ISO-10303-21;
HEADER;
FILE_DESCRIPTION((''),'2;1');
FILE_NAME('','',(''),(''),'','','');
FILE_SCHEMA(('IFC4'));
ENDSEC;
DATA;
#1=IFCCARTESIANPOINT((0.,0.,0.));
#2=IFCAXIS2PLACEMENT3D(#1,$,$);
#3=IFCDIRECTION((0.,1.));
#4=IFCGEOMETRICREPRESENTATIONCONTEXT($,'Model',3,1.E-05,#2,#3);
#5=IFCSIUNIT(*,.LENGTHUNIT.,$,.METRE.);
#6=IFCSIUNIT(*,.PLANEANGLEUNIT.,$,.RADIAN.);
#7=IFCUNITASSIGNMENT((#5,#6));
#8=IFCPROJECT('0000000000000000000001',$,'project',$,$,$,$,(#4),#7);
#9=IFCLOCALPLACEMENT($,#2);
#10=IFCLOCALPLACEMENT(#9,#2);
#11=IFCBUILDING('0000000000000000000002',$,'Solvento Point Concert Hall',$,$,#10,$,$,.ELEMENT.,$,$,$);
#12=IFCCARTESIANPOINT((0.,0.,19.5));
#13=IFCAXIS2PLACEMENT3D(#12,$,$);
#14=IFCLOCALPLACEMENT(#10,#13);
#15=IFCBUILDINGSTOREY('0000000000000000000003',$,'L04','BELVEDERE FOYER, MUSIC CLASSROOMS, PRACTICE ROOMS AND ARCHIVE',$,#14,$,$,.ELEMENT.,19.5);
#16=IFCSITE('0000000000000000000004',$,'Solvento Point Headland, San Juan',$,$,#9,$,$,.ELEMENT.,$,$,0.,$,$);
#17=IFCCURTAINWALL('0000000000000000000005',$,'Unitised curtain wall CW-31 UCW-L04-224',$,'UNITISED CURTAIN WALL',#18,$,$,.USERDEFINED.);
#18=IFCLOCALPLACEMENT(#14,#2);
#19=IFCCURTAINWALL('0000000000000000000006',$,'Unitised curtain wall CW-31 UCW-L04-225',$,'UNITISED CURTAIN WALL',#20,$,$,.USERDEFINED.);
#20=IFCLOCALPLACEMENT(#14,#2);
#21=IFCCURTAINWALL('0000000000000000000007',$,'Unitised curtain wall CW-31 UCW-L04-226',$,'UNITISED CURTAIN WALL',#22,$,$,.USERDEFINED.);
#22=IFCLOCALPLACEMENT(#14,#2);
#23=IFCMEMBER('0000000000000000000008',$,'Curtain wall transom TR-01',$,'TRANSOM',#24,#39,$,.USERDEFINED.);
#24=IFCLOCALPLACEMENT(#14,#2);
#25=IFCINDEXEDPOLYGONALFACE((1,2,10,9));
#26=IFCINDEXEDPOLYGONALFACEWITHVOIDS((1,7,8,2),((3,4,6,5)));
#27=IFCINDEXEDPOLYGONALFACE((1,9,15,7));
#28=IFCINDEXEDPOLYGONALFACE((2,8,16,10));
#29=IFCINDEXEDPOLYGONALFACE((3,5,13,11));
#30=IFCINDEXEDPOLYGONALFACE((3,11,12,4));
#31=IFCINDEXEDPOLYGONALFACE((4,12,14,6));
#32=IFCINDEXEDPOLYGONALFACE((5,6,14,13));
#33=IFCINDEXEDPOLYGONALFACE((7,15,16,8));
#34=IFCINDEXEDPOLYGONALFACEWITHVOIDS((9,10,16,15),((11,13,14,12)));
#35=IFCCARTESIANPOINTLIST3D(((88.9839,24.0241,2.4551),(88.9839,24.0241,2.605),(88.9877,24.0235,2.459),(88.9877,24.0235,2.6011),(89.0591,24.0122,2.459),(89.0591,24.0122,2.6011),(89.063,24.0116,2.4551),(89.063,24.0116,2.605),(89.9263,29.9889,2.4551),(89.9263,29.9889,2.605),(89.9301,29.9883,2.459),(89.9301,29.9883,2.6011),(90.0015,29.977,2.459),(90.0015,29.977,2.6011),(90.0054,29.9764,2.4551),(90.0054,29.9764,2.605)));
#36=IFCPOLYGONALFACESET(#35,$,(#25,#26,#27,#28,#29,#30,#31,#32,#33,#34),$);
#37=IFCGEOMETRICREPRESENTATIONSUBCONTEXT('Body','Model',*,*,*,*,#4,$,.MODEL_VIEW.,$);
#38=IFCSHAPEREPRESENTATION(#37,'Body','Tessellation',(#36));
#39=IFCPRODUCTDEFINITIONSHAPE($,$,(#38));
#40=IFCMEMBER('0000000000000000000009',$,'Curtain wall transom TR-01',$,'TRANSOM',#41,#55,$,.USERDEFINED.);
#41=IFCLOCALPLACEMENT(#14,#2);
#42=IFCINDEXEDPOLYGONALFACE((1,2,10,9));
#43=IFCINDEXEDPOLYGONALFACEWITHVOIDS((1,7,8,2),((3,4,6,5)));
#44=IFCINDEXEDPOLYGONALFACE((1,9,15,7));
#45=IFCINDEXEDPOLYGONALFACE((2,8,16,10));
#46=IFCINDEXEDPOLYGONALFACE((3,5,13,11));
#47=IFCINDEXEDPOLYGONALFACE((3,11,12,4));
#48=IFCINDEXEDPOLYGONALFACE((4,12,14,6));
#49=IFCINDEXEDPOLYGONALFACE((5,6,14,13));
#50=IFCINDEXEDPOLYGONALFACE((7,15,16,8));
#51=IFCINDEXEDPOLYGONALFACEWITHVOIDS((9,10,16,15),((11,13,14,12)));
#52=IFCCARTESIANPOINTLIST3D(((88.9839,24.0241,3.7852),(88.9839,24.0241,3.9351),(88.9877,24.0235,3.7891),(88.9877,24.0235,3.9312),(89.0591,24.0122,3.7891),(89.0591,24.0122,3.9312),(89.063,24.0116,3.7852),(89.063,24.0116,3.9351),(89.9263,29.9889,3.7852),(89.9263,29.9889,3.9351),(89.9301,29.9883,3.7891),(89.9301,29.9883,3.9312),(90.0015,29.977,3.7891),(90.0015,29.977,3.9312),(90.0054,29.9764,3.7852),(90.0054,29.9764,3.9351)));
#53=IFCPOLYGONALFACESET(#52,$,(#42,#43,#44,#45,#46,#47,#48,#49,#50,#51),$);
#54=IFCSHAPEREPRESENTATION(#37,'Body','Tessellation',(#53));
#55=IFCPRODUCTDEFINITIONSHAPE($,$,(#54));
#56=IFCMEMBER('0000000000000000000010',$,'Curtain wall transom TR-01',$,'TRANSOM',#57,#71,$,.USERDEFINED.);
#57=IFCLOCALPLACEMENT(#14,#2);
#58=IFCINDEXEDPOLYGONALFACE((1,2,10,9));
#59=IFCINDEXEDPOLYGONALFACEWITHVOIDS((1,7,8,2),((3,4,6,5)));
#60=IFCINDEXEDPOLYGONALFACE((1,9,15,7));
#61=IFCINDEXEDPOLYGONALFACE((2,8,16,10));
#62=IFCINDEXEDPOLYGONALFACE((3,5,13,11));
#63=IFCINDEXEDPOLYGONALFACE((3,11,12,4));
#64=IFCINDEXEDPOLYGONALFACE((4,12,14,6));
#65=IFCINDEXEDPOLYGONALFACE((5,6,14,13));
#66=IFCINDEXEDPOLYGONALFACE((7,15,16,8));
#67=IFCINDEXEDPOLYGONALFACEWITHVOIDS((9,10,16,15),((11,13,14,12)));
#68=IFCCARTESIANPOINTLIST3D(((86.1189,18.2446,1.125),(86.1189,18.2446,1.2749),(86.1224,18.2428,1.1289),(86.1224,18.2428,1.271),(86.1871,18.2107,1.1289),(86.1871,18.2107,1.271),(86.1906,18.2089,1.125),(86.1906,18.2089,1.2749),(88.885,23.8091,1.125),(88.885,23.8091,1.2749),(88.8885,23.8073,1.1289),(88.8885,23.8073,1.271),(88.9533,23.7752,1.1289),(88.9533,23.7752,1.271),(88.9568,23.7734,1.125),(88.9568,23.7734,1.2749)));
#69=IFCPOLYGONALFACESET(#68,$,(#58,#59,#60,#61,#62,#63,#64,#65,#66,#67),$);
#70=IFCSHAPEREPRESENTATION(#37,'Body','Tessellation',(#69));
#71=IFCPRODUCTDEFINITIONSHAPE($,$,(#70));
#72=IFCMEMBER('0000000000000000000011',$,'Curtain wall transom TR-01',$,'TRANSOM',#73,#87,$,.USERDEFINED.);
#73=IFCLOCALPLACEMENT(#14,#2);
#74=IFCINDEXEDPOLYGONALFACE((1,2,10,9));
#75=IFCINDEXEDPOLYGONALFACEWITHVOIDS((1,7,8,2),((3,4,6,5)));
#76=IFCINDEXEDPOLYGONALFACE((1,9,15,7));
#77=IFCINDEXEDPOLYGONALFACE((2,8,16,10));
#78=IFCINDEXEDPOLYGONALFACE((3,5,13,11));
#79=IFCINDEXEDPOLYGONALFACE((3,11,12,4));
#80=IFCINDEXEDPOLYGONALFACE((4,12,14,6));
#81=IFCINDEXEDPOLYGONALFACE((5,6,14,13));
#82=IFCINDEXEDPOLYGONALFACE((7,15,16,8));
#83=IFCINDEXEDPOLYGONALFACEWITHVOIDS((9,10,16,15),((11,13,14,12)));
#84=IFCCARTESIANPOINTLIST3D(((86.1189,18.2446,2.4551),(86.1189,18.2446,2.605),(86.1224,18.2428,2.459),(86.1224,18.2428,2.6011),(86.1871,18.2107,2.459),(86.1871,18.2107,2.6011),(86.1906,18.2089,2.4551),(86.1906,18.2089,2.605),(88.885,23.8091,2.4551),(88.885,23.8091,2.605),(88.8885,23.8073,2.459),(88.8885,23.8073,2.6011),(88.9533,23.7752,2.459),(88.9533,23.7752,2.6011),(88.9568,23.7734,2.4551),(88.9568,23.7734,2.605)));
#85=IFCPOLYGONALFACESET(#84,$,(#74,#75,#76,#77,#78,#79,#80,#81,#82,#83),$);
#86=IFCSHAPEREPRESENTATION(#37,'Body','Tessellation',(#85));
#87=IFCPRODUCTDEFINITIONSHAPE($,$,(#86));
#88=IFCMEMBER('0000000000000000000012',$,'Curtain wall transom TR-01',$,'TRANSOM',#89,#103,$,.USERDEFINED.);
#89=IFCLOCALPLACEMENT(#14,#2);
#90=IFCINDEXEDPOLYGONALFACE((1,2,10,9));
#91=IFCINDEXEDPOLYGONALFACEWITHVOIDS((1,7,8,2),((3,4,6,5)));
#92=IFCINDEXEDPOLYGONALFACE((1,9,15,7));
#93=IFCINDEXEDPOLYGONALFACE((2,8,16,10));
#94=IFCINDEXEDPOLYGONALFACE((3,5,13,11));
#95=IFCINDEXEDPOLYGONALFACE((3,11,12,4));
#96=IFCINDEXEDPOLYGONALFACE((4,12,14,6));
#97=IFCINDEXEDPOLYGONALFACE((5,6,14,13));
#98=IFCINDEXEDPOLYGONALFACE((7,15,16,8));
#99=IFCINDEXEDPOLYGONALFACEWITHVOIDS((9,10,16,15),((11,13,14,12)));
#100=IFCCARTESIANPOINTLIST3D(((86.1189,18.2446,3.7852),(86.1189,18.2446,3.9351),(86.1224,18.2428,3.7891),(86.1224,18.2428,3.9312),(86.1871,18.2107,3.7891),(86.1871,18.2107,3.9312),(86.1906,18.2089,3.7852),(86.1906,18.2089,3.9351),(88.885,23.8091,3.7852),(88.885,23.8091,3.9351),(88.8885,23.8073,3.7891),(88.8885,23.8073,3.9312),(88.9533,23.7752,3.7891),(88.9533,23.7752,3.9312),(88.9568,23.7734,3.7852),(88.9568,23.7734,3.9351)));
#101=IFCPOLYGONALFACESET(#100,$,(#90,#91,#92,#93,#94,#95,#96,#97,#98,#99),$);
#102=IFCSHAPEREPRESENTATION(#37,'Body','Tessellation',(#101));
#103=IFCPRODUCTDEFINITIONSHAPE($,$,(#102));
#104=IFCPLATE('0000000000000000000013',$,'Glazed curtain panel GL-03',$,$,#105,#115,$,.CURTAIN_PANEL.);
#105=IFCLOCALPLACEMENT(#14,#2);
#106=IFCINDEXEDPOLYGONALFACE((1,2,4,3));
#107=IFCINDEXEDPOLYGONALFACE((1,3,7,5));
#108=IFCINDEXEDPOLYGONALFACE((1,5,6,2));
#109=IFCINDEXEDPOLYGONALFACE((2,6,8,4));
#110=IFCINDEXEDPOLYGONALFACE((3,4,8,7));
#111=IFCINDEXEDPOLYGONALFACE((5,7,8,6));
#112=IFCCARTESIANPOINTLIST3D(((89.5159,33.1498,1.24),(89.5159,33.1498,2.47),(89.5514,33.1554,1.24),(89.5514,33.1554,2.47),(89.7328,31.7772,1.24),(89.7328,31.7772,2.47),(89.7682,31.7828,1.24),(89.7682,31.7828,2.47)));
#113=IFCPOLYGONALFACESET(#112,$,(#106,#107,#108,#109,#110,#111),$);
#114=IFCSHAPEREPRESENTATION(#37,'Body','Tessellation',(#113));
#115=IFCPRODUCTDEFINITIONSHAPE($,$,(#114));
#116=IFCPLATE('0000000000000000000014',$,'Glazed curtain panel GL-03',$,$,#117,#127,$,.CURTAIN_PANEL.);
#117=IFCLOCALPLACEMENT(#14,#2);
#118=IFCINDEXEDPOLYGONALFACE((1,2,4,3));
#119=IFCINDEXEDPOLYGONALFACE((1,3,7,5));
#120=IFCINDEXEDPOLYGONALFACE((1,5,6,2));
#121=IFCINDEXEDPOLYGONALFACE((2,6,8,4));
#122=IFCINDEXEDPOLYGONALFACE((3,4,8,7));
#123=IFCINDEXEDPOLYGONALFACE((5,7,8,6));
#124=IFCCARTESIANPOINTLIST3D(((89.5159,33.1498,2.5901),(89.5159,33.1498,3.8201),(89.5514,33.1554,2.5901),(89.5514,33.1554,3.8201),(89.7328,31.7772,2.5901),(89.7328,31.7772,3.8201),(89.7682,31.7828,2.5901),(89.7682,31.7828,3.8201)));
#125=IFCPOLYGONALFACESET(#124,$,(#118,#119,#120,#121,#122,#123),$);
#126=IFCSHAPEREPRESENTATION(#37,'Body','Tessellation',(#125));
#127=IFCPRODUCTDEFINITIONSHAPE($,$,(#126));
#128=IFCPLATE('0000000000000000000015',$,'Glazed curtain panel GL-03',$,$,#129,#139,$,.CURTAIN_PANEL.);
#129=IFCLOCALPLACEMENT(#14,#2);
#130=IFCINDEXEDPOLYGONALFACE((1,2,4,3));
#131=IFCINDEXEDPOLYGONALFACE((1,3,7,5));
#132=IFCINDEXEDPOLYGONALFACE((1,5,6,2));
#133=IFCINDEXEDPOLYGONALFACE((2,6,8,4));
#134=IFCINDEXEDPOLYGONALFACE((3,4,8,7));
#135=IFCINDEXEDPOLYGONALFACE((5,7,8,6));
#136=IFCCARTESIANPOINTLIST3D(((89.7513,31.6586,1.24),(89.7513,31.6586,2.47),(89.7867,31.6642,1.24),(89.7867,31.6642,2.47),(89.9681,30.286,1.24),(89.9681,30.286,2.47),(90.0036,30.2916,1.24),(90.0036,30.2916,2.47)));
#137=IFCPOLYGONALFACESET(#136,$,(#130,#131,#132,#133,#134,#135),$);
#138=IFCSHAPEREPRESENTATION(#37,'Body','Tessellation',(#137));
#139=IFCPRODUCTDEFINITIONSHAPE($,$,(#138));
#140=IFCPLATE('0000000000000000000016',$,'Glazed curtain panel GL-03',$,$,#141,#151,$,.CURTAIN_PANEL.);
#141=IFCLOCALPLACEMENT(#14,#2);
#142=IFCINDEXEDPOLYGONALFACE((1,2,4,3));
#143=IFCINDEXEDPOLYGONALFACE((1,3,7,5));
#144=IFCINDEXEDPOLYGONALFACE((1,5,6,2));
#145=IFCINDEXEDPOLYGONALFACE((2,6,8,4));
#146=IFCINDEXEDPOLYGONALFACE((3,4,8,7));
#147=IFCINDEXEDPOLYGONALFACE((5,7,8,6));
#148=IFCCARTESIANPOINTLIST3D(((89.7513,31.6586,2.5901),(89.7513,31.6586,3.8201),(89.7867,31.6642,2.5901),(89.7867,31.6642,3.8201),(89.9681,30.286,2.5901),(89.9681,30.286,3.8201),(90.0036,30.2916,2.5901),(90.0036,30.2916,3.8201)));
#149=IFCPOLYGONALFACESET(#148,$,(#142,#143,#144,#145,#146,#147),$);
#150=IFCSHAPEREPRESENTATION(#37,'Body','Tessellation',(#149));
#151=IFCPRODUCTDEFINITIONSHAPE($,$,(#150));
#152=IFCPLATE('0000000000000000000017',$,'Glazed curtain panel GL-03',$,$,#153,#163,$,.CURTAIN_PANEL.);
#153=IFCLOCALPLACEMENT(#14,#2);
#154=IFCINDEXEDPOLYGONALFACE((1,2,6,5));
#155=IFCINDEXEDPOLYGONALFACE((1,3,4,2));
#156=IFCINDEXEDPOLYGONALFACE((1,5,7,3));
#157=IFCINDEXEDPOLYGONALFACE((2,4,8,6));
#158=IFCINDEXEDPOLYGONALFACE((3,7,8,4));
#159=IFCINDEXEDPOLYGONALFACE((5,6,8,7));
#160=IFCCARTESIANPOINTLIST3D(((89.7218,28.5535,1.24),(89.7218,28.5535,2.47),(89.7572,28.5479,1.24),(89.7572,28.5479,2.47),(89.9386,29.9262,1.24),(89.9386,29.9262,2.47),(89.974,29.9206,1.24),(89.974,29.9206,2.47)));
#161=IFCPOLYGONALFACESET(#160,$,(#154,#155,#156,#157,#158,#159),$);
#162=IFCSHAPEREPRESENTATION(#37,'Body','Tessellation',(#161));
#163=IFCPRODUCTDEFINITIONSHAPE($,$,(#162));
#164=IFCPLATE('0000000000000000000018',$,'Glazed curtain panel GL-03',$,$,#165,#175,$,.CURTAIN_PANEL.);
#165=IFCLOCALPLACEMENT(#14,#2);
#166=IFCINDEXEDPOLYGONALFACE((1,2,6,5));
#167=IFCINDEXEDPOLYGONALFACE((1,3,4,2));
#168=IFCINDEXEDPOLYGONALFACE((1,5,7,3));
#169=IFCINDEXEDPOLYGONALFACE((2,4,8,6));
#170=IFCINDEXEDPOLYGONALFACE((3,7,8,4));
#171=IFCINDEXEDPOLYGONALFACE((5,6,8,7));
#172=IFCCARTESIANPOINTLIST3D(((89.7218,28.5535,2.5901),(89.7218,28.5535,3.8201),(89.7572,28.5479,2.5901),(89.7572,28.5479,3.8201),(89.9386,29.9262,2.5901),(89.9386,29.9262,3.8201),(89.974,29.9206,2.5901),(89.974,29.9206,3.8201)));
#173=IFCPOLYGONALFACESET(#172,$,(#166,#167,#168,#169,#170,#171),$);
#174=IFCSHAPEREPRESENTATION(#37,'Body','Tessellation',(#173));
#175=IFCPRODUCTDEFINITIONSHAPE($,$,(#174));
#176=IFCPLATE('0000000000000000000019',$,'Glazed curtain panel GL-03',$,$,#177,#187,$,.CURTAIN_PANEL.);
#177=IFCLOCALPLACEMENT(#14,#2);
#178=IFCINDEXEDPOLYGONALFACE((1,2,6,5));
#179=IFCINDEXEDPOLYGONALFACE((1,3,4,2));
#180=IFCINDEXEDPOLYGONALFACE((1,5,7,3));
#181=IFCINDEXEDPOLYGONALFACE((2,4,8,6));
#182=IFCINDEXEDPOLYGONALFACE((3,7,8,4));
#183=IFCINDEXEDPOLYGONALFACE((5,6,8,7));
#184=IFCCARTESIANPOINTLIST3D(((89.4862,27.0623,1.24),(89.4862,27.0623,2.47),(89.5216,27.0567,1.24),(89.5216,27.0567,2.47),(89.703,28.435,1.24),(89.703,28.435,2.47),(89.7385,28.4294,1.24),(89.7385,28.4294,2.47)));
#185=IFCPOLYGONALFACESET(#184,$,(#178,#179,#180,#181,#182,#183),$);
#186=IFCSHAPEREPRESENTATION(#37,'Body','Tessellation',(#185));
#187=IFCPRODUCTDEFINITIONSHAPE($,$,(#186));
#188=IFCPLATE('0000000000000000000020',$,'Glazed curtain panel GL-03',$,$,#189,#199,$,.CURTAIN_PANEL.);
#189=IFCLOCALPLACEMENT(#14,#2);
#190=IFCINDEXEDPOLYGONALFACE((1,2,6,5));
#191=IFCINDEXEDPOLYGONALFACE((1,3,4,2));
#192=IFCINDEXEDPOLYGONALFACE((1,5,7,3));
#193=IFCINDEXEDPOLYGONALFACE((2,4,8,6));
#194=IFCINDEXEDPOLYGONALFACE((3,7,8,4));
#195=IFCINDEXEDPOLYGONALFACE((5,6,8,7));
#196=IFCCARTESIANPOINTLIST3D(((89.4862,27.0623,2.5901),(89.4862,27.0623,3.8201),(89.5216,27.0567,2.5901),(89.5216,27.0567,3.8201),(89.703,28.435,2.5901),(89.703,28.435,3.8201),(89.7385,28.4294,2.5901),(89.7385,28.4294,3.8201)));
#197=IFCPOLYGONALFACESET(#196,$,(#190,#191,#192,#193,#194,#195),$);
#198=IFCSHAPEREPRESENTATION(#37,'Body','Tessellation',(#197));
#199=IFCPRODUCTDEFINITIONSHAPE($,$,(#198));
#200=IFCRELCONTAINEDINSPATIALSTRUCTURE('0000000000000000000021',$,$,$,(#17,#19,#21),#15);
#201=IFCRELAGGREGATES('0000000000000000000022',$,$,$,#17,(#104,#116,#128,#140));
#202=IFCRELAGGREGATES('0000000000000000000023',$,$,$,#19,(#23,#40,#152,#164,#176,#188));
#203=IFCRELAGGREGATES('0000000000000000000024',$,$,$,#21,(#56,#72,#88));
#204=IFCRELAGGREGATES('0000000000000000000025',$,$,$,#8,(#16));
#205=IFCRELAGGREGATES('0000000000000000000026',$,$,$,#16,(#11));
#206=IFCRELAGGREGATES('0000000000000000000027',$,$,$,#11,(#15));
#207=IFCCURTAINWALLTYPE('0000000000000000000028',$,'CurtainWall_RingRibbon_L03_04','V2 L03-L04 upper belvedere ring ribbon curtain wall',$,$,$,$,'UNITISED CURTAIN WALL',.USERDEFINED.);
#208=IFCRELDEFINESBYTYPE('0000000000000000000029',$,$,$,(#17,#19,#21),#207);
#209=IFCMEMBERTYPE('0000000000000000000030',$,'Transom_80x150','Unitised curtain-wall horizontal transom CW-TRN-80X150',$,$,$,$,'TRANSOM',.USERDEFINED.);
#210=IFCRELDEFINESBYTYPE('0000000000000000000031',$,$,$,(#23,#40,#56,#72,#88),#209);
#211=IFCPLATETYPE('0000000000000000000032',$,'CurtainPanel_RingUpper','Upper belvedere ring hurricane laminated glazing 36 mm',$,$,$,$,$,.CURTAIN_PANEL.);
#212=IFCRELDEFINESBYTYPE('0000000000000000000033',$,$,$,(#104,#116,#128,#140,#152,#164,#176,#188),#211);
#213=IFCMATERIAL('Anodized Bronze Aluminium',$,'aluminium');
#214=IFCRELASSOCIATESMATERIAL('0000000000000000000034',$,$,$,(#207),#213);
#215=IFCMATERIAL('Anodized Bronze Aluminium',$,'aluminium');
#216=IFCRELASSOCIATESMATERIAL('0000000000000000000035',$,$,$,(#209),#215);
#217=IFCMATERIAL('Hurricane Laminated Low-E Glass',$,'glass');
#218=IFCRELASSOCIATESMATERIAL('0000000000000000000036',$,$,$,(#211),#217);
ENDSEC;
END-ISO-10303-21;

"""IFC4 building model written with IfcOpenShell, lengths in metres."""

from ifc_helpers import new_model, si_unit, direction, frame, origin, origin_2d, place, context, subcontext, project, spatial, rectangle, hollow_rectangle, extrude, material, material_profile, profile_set, type_object, element, aggregate, save


model = new_model("IFC4")

# Units and contexts
model_context = context("Model", 3, precision=1e-05, world=origin(), true_north=direction((0.0, 1.0)))
body_context = subcontext(model_context, "Body", "Model", "MODEL_VIEW")
ifc_project = project(units=[si_unit("LENGTHUNIT", "METRE"), si_unit("PLANEANGLEUNIT", "RADIAN")], contexts=[model_context])

# Site, building, storey
site_placement = place(None, origin())
site = spatial("IfcSite", under=ifc_project, at=site_placement, Name="Solvento Point Headland, San Juan", CompositionType="ELEMENT", RefElevation=0.0)
building_placement = place(site_placement, origin())
building = spatial("IfcBuilding", under=site, at=building_placement, Name="Solvento Point Concert Hall", CompositionType="ELEMENT")
storey_placement = place(building_placement, frame((0.0, 0.0, 19.5)))
storey = spatial("IfcBuildingStorey", under=building, at=storey_placement, Name="L04", Description="BELVEDERE FOYER, MUSIC CLASSROOMS, PRACTICE ROOMS AND ARCHIVE", CompositionType="ELEMENT", Elevation=19.5)

# Curtain walls
ifc_material_1 = material(Name="Anodized Bronze Aluminium", Category="aluminium")
curtain_wall_type = type_object("IfcCurtainWallType", Name="CurtainWall_RingRibbon_L03_04", Description="V2 L03-L04 upper belvedere ring ribbon curtain wall", ElementType="UNITISED CURTAIN WALL", PredefinedType="USERDEFINED", material=ifc_material_1)
curtain_wall_1_placement = place(storey_placement, origin())
curtain_wall_1 = element("IfcCurtainWall", 1, at=curtain_wall_1_placement, inside=storey, type_object=curtain_wall_type, Name="Unitised curtain wall CW-31 UCW-L04-224", ObjectType="UNITISED CURTAIN WALL", PredefinedType="USERDEFINED")
curtain_wall_2_placement = place(storey_placement, origin())
curtain_wall_2 = element("IfcCurtainWall", 2, at=curtain_wall_2_placement, inside=storey, type_object=curtain_wall_type, Name="Unitised curtain wall CW-31 UCW-L04-225", ObjectType="UNITISED CURTAIN WALL", PredefinedType="USERDEFINED")
curtain_wall_3_placement = place(storey_placement, origin())
curtain_wall_3 = element("IfcCurtainWall", 3, at=curtain_wall_3_placement, inside=storey, type_object=curtain_wall_type, Name="Unitised curtain wall CW-31 UCW-L04-226", ObjectType="UNITISED CURTAIN WALL", PredefinedType="USERDEFINED")

# Members
ifc_material_2 = material(Name="Anodized Bronze Aluminium", Category="aluminium")
ifc_material_profile_1 = material_profile(ifc_material_2, hollow_rectangle(XDim=0.0801, YDim=0.1499, WallThickness=0.0039, at=origin_2d()), Name="CW-TRN-80X150")
ifc_profile_set_1 = profile_set([ifc_material_profile_1], Name="Anodized Bronze Aluminium")
member_type_1 = type_object("IfcMemberType", Name="Transom_80x150", Description="Unitised curtain-wall horizontal transom CW-TRN-80X150", ElementType="TRANSOM", PredefinedType="USERDEFINED", material=ifc_profile_set_1)
member_1_placement = place(storey_placement, frame((89.9658, 29.9827, 2.53), z_axis=(-0.156054, -0.987749, 0.0), x_axis=(0.987749, -0.156054, 0.0)))
member_1 = element("IfcMember", 4, at=member_1_placement, type_object=member_type_1, Name="Curtain wall transom TR-01", ObjectType="TRANSOM", PredefinedType="USERDEFINED", context=body_context, shape_type="SweptSolid", body=[
    extrude(hollow_rectangle(XDim=0.0801, YDim=0.1499, WallThickness=0.0039, at=origin_2d()), origin(), (0.0, 0.0, 1.0), 6.0388),
])
member_2_placement = place(storey_placement, frame((89.9658, 29.9827, 3.8601), z_axis=(-0.156054, -0.987749, 0.0), x_axis=(0.987749, -0.156054, 0.0)))
member_2 = element("IfcMember", 5, at=member_2_placement, type_object=member_type_1, Name="Curtain wall transom TR-01", ObjectType="TRANSOM", PredefinedType="USERDEFINED", context=body_context, shape_type="SweptSolid", body=[
    extrude(hollow_rectangle(XDim=0.0801, YDim=0.1499, WallThickness=0.0039, at=origin_2d()), origin(), (0.0, 0.0, 1.0), 6.0388),
])
member_3_placement = place(storey_placement, frame((88.9209, 23.7913, 1.2), z_axis=(-0.445138, -0.895462, 0.0), x_axis=(0.895462, -0.445138, 0.0)))
member_3 = element("IfcMember", 6, at=member_3_placement, type_object=member_type_1, Name="Curtain wall transom TR-01", ObjectType="TRANSOM", PredefinedType="USERDEFINED", context=body_context, shape_type="SweptSolid", body=[
    extrude(hollow_rectangle(XDim=0.0801, YDim=0.1499, WallThickness=0.0039, at=origin_2d()), origin(), (0.0, 0.0, 1.0), 6.2141),
])
member_4_placement = place(storey_placement, frame((88.9209, 23.7913, 2.53), z_axis=(-0.445138, -0.895462, 0.0), x_axis=(0.895462, -0.445138, 0.0)))
member_4 = element("IfcMember", 7, at=member_4_placement, type_object=member_type_1, Name="Curtain wall transom TR-01", ObjectType="TRANSOM", PredefinedType="USERDEFINED", context=body_context, shape_type="SweptSolid", body=[
    extrude(hollow_rectangle(XDim=0.0801, YDim=0.1499, WallThickness=0.0039, at=origin_2d()), origin(), (0.0, 0.0, 1.0), 6.2141),
])
member_5_placement = place(storey_placement, frame((88.9209, 23.7913, 3.8601), z_axis=(-0.445138, -0.895462, 0.0), x_axis=(0.895462, -0.445138, 0.0)))
member_5 = element("IfcMember", 8, at=member_5_placement, type_object=member_type_1, Name="Curtain wall transom TR-01", ObjectType="TRANSOM", PredefinedType="USERDEFINED", context=body_context, shape_type="SweptSolid", body=[
    extrude(hollow_rectangle(XDim=0.0801, YDim=0.1499, WallThickness=0.0039, at=origin_2d()), origin(), (0.0, 0.0, 1.0), 6.2141),
])

# Plates
ifc_material_3 = material(Name="Hurricane Laminated Low-E Glass", Category="glass")
plate_type = type_object("IfcPlateType", Name="CurtainPanel_RingUpper", Description="Upper belvedere ring hurricane laminated glazing 36 mm", PredefinedType="CURTAIN_PANEL", material=ifc_material_3)
plate_1_placement = place(storey_placement, frame((89.6421, 32.4663, 1.24), z_axis=(0.0, 0.0, 1.0), x_axis=(0.156041, -0.987751, 0.0)))
plate_1 = element("IfcPlate", 9, at=plate_1_placement, type_object=plate_type, Name="Glazed curtain panel GL-03", PredefinedType="CURTAIN_PANEL", context=body_context, shape_type="SweptSolid", body=[
    extrude(rectangle(XDim=1.3896, YDim=0.0359, at=origin_2d()), origin(), (0.0, 0.0, 1.0), 1.23),
])
plate_2_placement = place(storey_placement, frame((89.6421, 32.4663, 2.5901), z_axis=(0.0, 0.0, 1.0), x_axis=(0.156041, -0.987751, 0.0)))
plate_2 = element("IfcPlate", 10, at=plate_2_placement, type_object=plate_type, Name="Glazed curtain panel GL-03", PredefinedType="CURTAIN_PANEL", context=body_context, shape_type="SweptSolid", body=[
    extrude(rectangle(XDim=1.3896, YDim=0.0359, at=origin_2d()), origin(), (0.0, 0.0, 1.0), 1.23),
])
plate_3_placement = place(storey_placement, frame((89.8774, 30.9751, 1.24), z_axis=(0.0, 0.0, 1.0), x_axis=(0.156041, -0.987751, 0.0)))
plate_3 = element("IfcPlate", 11, at=plate_3_placement, type_object=plate_type, Name="Glazed curtain panel GL-03", PredefinedType="CURTAIN_PANEL", context=body_context, shape_type="SweptSolid", body=[
    extrude(rectangle(XDim=1.3896, YDim=0.0359, at=origin_2d()), origin(), (0.0, 0.0, 1.0), 1.23),
])
plate_4_placement = place(storey_placement, frame((89.8774, 30.9751, 2.5901), z_axis=(0.0, 0.0, 1.0), x_axis=(0.156041, -0.987751, 0.0)))
plate_4 = element("IfcPlate", 12, at=plate_4_placement, type_object=plate_type, Name="Glazed curtain panel GL-03", PredefinedType="CURTAIN_PANEL", context=body_context, shape_type="SweptSolid", body=[
    extrude(rectangle(XDim=1.3896, YDim=0.0359, at=origin_2d()), origin(), (0.0, 0.0, 1.0), 1.23),
])
aggregate(curtain_wall_1, [plate_1, plate_2, plate_3, plate_4])
plate_5_placement = place(storey_placement, frame((89.8479, 29.2371, 1.24), z_axis=(0.0, 0.0, 1.0), x_axis=(-0.156041, -0.987751, 0.0)))
plate_5 = element("IfcPlate", 13, at=plate_5_placement, type_object=plate_type, Name="Glazed curtain panel GL-03", PredefinedType="CURTAIN_PANEL", context=body_context, shape_type="SweptSolid", body=[
    extrude(rectangle(XDim=1.3896, YDim=0.0359, at=origin_2d()), origin(), (0.0, 0.0, 1.0), 1.23),
])
plate_6_placement = place(storey_placement, frame((89.8479, 29.2371, 2.5901), z_axis=(0.0, 0.0, 1.0), x_axis=(-0.156041, -0.987751, 0.0)))
plate_6 = element("IfcPlate", 14, at=plate_6_placement, type_object=plate_type, Name="Glazed curtain panel GL-03", PredefinedType="CURTAIN_PANEL", context=body_context, shape_type="SweptSolid", body=[
    extrude(rectangle(XDim=1.3896, YDim=0.0359, at=origin_2d()), origin(), (0.0, 0.0, 1.0), 1.23),
])
plate_7_placement = place(storey_placement, frame((89.6123, 27.7458, 1.24), z_axis=(0.0, 0.0, 1.0), x_axis=(-0.156041, -0.987751, 0.0)))
plate_7 = element("IfcPlate", 15, at=plate_7_placement, type_object=plate_type, Name="Glazed curtain panel GL-03", PredefinedType="CURTAIN_PANEL", context=body_context, shape_type="SweptSolid", body=[
    extrude(rectangle(XDim=1.3896, YDim=0.0359, at=origin_2d()), origin(), (0.0, 0.0, 1.0), 1.23),
])
plate_8_placement = place(storey_placement, frame((89.6123, 27.7458, 2.5901), z_axis=(0.0, 0.0, 1.0), x_axis=(-0.156041, -0.987751, 0.0)))
plate_8 = element("IfcPlate", 16, at=plate_8_placement, type_object=plate_type, Name="Glazed curtain panel GL-03", PredefinedType="CURTAIN_PANEL", context=body_context, shape_type="SweptSolid", body=[
    extrude(rectangle(XDim=1.3896, YDim=0.0359, at=origin_2d()), origin(), (0.0, 0.0, 1.0), 1.23),
])
aggregate(curtain_wall_2, [member_1, member_2, plate_5, plate_6, plate_7, plate_8])
aggregate(curtain_wall_3, [member_3, member_4, member_5])

save(model, "model.ifc")
